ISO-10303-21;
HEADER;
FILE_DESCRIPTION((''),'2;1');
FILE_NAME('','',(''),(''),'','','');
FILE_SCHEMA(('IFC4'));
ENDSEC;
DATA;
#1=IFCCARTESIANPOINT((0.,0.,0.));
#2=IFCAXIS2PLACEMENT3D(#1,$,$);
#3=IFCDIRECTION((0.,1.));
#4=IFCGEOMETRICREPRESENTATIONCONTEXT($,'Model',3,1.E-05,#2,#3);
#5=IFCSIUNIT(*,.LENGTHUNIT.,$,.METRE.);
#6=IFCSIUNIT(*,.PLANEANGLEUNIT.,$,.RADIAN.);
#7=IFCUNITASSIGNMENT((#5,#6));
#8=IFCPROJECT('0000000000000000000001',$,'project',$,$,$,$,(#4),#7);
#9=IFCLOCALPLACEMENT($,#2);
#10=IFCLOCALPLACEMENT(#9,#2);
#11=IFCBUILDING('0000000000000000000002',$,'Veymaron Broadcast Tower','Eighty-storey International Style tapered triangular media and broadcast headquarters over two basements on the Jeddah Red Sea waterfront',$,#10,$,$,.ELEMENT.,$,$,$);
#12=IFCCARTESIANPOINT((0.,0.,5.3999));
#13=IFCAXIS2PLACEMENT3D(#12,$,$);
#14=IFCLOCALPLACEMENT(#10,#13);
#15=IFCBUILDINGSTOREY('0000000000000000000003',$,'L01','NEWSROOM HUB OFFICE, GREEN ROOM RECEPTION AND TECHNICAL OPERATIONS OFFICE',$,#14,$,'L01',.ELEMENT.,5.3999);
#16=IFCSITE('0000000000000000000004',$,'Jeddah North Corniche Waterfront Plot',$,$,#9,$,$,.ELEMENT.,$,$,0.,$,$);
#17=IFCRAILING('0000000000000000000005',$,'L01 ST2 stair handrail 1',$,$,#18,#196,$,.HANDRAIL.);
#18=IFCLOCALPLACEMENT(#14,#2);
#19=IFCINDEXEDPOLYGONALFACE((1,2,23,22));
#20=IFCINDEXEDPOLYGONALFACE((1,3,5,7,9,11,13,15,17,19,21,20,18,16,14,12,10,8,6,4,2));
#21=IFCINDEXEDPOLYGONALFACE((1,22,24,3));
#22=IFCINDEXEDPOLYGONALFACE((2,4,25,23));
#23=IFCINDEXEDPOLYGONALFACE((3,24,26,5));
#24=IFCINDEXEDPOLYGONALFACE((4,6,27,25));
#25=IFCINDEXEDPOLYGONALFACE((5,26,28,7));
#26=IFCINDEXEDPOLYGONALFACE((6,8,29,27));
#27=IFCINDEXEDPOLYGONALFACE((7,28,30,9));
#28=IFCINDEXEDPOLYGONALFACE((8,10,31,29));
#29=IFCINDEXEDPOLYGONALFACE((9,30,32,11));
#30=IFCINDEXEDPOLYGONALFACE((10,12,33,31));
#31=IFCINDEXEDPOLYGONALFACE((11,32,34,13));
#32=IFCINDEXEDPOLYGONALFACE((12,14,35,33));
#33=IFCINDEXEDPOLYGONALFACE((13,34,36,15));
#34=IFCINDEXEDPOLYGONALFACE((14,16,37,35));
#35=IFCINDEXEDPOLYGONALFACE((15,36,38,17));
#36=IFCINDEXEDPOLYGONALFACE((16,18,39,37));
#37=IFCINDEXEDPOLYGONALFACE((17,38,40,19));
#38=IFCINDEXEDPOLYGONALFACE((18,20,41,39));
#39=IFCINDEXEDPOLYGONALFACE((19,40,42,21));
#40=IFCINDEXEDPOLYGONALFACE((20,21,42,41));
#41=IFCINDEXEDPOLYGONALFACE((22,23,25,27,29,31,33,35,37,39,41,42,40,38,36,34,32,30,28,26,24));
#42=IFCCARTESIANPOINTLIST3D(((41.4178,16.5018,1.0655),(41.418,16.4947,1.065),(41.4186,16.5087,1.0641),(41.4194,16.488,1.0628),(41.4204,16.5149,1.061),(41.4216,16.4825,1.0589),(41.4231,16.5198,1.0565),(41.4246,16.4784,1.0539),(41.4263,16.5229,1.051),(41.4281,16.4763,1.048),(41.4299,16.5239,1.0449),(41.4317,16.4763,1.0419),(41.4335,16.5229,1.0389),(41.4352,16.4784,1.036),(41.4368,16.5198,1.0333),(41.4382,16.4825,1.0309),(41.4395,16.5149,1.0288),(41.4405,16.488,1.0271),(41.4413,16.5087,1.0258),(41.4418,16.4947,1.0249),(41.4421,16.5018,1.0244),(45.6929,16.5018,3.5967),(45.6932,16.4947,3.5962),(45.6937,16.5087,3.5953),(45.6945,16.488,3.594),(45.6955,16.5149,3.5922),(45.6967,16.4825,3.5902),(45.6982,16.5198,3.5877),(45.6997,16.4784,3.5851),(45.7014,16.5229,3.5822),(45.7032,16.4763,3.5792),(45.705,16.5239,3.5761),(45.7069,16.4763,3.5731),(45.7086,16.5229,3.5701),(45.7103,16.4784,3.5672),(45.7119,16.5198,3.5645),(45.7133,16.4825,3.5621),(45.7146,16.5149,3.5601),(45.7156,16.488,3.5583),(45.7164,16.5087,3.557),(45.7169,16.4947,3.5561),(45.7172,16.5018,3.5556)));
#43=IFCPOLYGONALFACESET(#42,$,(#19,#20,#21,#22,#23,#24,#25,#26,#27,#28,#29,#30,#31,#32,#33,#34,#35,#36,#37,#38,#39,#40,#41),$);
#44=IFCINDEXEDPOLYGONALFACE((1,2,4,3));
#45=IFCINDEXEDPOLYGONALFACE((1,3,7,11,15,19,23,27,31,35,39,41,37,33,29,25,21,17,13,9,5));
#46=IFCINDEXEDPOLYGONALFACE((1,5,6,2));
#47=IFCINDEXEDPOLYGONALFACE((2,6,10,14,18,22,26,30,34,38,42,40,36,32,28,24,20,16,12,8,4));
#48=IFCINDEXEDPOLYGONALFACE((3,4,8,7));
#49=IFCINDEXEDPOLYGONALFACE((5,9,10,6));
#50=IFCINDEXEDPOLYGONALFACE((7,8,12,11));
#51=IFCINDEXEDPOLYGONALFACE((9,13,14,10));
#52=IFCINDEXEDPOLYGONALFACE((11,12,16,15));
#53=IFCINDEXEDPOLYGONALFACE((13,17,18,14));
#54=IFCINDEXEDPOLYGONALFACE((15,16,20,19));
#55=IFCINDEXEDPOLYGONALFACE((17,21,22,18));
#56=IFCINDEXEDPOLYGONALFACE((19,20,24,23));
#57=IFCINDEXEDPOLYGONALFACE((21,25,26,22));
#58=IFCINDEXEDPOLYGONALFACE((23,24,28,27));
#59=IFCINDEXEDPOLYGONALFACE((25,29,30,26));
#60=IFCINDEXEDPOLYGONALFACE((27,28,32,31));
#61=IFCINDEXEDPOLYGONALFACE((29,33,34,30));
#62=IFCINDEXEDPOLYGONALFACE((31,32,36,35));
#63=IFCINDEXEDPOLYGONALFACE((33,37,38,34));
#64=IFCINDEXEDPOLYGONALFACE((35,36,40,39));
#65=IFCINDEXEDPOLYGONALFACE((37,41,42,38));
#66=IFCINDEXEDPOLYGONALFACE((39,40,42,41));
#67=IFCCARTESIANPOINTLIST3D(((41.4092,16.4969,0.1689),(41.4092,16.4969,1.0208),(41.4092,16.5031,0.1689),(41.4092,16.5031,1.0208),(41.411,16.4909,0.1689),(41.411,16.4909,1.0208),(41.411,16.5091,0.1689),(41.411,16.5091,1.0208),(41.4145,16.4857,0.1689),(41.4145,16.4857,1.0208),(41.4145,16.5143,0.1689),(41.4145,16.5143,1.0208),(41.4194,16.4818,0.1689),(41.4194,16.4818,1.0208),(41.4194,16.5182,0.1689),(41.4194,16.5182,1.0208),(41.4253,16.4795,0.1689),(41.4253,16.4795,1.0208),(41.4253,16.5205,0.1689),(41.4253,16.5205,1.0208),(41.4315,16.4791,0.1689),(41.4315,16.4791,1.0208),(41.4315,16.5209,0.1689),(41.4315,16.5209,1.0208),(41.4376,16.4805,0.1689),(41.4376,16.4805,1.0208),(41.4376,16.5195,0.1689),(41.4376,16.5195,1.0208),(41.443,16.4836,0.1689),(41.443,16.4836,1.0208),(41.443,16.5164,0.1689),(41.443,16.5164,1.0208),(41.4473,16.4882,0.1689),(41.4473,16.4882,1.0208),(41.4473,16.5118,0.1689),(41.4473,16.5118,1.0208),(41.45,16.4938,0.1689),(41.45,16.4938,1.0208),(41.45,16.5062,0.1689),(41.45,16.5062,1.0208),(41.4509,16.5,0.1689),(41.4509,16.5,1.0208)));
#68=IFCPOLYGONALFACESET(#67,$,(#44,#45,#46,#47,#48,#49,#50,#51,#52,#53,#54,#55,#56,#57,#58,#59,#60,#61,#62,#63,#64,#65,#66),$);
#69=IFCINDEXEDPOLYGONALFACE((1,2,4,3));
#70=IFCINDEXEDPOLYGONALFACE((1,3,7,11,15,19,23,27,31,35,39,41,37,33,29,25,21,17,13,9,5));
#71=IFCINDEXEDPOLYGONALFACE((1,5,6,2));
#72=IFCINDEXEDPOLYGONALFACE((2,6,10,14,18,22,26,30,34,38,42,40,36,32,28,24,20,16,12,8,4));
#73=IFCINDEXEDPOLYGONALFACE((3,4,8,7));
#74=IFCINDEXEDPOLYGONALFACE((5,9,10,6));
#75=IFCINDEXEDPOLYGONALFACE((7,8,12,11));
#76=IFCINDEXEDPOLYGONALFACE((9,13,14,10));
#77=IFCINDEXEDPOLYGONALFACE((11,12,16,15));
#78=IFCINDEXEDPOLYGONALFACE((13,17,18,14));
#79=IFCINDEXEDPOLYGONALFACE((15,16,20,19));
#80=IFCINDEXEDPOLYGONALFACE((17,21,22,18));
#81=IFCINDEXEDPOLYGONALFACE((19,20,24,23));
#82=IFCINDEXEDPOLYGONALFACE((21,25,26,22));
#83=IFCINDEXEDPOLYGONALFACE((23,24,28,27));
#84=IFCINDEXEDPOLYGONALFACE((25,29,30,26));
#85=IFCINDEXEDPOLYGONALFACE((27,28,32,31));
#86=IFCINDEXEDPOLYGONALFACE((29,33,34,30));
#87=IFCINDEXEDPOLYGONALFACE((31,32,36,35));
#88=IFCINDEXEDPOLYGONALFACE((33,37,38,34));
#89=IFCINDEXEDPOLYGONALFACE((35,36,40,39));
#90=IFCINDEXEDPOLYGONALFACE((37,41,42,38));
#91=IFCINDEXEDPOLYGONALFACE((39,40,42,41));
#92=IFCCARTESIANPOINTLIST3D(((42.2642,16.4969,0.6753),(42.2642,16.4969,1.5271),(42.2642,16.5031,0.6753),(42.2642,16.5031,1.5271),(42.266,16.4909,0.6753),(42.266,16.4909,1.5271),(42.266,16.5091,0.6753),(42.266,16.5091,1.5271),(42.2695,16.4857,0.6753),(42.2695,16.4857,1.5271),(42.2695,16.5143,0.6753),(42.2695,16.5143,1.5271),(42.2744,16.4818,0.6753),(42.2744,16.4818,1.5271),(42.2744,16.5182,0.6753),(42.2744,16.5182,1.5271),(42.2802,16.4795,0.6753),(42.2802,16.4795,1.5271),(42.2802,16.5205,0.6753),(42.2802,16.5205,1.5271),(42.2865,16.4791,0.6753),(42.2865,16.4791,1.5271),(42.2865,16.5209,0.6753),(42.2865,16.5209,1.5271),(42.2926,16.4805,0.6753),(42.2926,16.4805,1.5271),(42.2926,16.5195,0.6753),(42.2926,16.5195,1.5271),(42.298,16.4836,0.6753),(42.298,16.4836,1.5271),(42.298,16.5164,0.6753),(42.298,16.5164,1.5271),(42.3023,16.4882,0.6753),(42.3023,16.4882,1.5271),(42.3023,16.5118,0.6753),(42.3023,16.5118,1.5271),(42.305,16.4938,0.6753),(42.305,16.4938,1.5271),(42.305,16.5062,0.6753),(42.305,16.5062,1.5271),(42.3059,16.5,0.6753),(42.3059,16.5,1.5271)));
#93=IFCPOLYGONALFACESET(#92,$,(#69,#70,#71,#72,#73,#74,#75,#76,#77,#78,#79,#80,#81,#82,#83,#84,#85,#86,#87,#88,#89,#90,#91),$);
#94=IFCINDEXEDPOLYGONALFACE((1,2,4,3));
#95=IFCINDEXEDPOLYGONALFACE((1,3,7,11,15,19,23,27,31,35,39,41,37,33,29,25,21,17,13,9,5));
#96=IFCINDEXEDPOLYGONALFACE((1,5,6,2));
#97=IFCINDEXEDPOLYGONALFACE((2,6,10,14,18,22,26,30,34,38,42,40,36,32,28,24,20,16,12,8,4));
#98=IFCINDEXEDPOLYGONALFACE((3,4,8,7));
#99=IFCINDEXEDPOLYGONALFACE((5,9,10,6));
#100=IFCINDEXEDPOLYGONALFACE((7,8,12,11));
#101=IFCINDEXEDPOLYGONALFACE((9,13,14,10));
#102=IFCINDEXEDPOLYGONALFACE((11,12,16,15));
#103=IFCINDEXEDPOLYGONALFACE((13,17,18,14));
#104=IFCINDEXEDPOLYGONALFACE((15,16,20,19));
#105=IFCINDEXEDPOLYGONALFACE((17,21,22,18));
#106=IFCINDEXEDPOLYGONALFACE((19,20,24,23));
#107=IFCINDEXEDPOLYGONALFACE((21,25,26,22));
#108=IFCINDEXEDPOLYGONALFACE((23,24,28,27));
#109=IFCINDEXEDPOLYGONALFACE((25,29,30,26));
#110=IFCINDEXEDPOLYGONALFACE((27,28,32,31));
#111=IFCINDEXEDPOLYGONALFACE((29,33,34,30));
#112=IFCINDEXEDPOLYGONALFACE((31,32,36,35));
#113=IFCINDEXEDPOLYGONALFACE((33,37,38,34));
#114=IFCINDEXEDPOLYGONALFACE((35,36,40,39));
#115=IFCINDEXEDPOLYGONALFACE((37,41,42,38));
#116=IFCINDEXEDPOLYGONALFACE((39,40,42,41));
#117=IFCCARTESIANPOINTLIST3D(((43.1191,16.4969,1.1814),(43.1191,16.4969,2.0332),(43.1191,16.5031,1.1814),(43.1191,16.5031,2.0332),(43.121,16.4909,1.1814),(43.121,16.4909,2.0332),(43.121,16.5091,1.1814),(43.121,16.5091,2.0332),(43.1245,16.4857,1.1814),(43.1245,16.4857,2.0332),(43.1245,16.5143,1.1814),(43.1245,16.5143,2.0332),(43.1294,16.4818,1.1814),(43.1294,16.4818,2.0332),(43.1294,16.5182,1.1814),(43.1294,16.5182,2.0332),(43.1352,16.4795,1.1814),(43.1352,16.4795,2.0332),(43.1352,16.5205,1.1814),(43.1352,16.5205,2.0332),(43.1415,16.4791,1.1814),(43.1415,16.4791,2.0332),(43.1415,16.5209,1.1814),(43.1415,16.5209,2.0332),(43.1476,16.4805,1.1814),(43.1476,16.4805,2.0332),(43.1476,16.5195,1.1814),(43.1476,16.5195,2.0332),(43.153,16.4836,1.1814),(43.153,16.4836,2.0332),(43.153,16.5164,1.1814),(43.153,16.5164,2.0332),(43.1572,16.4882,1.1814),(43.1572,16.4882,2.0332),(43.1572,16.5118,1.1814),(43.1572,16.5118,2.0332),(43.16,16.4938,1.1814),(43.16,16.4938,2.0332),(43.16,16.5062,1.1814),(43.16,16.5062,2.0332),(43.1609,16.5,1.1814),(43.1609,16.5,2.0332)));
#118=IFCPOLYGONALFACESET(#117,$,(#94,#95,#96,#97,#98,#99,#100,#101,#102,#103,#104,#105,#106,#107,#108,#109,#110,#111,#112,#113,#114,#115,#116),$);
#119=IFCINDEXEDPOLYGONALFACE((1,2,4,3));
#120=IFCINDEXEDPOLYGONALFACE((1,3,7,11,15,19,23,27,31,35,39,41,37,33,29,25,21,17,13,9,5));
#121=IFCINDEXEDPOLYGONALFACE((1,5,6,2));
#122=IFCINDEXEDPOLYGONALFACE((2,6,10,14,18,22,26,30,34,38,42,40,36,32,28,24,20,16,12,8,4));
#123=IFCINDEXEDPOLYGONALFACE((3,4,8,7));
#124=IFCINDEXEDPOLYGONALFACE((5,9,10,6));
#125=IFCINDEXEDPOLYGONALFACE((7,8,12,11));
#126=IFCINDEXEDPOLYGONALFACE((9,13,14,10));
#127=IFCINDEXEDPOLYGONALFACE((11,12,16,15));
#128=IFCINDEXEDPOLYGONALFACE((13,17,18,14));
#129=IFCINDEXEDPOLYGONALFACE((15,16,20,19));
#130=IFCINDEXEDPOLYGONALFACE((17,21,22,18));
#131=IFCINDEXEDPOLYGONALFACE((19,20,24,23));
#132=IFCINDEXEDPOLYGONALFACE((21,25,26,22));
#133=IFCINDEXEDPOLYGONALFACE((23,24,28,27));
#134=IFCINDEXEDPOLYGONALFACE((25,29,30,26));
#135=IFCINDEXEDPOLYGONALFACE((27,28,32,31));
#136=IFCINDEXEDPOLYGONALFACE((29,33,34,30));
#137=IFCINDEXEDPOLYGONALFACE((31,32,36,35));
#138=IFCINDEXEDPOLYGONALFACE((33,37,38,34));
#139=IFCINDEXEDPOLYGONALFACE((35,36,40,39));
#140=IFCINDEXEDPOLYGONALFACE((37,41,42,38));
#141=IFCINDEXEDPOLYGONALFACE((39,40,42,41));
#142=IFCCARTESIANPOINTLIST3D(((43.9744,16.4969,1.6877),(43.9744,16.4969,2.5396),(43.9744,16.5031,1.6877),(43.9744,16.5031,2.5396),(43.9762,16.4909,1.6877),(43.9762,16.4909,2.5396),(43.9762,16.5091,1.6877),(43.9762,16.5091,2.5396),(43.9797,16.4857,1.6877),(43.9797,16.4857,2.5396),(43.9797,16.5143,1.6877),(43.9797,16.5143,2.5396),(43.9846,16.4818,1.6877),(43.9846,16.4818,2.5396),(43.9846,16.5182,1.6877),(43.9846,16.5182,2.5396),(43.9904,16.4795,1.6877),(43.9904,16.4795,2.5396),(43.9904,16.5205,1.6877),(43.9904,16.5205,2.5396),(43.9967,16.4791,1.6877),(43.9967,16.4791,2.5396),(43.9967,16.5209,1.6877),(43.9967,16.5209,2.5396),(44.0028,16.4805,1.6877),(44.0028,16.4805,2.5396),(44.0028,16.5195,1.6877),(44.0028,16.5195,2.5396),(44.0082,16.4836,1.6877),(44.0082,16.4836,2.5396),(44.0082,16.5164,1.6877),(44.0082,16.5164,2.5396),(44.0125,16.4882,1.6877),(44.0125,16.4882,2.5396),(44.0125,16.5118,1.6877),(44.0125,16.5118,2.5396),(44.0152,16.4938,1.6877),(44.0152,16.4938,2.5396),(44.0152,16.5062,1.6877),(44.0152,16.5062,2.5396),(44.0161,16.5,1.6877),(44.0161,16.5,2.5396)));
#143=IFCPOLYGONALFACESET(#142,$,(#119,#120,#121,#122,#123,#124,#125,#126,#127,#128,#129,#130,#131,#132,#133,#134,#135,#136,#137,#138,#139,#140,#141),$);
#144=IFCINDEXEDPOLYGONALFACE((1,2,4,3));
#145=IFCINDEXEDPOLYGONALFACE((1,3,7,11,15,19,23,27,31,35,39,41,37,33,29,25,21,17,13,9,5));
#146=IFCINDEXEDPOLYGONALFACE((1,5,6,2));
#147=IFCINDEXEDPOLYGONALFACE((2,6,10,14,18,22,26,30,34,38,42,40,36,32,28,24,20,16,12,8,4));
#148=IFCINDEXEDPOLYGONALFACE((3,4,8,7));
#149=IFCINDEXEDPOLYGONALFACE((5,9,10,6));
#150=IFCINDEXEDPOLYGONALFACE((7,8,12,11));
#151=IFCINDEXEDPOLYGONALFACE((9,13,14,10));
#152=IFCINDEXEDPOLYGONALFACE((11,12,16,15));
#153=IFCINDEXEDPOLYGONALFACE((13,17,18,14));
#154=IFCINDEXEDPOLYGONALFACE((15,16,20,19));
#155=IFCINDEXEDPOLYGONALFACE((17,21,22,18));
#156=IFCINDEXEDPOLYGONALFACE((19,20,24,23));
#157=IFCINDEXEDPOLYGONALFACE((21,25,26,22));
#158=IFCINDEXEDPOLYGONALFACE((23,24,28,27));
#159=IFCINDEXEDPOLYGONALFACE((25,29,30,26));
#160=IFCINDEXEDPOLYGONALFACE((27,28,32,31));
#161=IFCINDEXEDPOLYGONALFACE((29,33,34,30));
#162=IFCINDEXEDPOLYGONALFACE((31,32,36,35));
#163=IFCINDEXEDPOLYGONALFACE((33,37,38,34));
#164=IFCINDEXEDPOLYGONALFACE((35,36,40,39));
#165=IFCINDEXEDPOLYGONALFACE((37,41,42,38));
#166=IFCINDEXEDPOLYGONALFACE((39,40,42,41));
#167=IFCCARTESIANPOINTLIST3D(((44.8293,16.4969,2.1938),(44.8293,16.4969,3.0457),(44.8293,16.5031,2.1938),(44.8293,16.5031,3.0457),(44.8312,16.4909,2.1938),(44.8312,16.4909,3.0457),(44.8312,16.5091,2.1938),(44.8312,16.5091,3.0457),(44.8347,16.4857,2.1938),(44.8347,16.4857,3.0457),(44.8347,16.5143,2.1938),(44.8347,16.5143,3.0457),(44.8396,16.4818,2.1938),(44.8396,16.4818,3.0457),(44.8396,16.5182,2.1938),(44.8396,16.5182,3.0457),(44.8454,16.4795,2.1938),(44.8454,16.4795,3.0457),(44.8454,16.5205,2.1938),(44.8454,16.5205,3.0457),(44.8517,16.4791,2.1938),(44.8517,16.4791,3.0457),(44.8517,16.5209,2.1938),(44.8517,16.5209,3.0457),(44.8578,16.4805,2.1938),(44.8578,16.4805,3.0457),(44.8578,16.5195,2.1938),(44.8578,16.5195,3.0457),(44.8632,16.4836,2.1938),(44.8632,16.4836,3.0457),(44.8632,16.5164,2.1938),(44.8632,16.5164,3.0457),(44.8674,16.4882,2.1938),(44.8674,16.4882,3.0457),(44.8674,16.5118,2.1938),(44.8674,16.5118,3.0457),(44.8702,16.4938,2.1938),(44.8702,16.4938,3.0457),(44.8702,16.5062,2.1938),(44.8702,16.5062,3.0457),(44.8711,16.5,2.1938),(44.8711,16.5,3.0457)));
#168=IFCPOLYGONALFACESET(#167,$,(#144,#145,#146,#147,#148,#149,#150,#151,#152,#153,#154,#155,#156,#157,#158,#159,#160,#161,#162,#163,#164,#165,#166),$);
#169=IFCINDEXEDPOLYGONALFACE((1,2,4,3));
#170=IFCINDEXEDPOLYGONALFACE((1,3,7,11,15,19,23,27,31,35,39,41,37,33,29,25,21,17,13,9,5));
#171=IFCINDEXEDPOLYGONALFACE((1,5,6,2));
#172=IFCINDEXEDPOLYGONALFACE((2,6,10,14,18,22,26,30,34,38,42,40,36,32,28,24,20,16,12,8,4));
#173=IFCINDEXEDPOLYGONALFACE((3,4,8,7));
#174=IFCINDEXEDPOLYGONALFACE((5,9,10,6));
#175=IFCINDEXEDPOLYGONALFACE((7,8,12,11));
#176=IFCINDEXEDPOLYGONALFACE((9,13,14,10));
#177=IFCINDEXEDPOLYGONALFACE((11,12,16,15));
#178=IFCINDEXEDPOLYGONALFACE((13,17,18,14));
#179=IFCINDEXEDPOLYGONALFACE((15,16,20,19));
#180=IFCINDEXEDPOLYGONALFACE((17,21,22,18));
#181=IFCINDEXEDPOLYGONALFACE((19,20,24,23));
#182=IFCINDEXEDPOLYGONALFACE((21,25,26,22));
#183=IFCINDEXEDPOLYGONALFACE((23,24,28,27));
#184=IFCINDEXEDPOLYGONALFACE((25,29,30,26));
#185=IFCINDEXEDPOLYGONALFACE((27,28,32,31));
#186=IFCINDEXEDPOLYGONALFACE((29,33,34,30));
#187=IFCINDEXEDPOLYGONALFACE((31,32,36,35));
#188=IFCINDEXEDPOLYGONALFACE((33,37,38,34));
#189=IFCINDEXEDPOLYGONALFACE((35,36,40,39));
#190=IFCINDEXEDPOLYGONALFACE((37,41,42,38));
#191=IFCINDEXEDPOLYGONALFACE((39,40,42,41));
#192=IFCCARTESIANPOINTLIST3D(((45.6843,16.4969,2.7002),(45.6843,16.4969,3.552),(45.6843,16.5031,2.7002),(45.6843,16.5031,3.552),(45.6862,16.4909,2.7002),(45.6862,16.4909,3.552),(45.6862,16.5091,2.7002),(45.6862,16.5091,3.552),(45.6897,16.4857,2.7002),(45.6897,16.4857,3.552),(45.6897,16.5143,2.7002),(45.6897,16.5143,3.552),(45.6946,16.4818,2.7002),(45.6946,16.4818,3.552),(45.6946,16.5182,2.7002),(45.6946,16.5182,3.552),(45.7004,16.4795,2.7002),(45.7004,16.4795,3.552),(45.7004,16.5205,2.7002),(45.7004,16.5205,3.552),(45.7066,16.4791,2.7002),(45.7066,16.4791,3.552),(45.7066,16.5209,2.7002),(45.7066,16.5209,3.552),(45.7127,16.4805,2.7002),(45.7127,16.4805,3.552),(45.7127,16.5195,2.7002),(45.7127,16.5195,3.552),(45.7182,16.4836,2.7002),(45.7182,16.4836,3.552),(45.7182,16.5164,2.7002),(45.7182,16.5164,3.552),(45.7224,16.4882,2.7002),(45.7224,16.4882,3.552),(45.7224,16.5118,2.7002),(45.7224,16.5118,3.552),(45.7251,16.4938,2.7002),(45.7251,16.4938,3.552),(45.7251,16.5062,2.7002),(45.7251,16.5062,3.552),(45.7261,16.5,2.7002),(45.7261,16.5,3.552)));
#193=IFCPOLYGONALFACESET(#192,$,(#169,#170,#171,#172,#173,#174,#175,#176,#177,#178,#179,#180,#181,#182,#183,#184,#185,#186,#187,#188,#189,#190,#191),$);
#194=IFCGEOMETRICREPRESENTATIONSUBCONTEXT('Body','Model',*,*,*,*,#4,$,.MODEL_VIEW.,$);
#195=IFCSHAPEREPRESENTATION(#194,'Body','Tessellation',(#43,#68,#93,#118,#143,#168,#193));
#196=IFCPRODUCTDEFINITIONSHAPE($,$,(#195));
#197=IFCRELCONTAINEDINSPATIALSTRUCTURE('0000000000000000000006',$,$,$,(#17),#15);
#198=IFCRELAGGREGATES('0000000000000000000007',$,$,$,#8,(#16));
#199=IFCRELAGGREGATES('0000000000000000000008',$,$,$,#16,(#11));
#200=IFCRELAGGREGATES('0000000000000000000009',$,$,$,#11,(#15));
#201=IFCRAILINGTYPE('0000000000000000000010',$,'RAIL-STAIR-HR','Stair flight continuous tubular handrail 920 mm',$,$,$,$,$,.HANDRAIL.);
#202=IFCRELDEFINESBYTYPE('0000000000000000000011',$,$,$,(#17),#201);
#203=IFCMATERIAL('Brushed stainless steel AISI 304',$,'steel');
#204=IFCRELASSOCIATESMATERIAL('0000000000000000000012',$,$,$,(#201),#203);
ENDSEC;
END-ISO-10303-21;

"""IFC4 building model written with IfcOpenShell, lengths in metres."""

from ifc_helpers import new_model, si_unit, direction, frame, origin, origin_2d, place, context, subcontext, project, spatial, circle, extrude, material, type_object, element, save


model = new_model("IFC4")

# Units and contexts
model_context = context("Model", 3, precision=1e-05, world=origin(), true_north=direction((0.0, 1.0)))
body_context = subcontext(model_context, "Body", "Model", "MODEL_VIEW")
ifc_project = project(units=[si_unit("LENGTHUNIT", "METRE"), si_unit("PLANEANGLEUNIT", "RADIAN")], contexts=[model_context])

# Site, building, storey
site_placement = place(None, origin())
site = spatial("IfcSite", under=ifc_project, at=site_placement, Name="Jeddah North Corniche Waterfront Plot", CompositionType="ELEMENT", RefElevation=0.0)
building_placement = place(site_placement, origin())
building = spatial("IfcBuilding", under=site, at=building_placement, Name="Veymaron Broadcast Tower", Description="Eighty-storey International Style tapered triangular media and broadcast headquarters over two basements on the Jeddah Red Sea waterfront", CompositionType="ELEMENT")
storey_placement = place(building_placement, frame((0.0, 0.0, 5.3999)))
storey = spatial("IfcBuildingStorey", under=building, at=storey_placement, Name="L01", Description="NEWSROOM HUB OFFICE, GREEN ROOM RECEPTION AND TECHNICAL OPERATIONS OFFICE", LongName="L01", CompositionType="ELEMENT", Elevation=5.3999)

# Shared definitions
ifc_material_1 = material(Name="Brushed stainless steel AISI 304", Category="steel")

# Railing
railing_type_1 = type_object("IfcRailingType", Name="RAIL-STAIR-HR", Description="Stair flight continuous tubular handrail 920 mm", PredefinedType="HANDRAIL", material=ifc_material_1)
railing_1_placement = place(storey_placement, frame((41.4299, 16.5, 0.1689)))
element("IfcRailing", 1, at=railing_1_placement, inside=storey, type_object=railing_type_1, Name="L01 ST2 stair handrail 1", PredefinedType="HANDRAIL", context=body_context, shape_type="SweptSolid", body=[
    extrude(circle(Radius=0.0239, at=origin_2d()), frame((0.0, 0.0, 0.876), z_axis=(0.860483, 0.0, 0.509479), x_axis=(0.0, 1.0, 0.0)), (0.0, 0.0, 1.0), 4.9683),
    extrude(circle(Radius=0.021, at=origin_2d()), origin(), (0.0, 0.0, 1.0), 0.8518),
    extrude(circle(Radius=0.021, at=origin_2d()), frame((0.855, 0.0, 0.5063)), (0.0, 0.0, 1.0), 0.8518),
    extrude(circle(Radius=0.021, at=origin_2d()), frame((1.71, 0.0, 1.0125)), (0.0, 0.0, 1.0), 0.8518),
    extrude(circle(Radius=0.021, at=origin_2d()), frame((2.5652, 0.0, 1.5188)), (0.0, 0.0, 1.0), 0.8518),
    extrude(circle(Radius=0.021, at=origin_2d()), frame((3.4202, 0.0, 2.0249)), (0.0, 0.0, 1.0), 0.8518),
    extrude(circle(Radius=0.021, at=origin_2d()), frame((4.2751, 0.0, 2.5312)), (0.0, 0.0, 1.0), 0.8518),
])

save(model, "model.ifc")
